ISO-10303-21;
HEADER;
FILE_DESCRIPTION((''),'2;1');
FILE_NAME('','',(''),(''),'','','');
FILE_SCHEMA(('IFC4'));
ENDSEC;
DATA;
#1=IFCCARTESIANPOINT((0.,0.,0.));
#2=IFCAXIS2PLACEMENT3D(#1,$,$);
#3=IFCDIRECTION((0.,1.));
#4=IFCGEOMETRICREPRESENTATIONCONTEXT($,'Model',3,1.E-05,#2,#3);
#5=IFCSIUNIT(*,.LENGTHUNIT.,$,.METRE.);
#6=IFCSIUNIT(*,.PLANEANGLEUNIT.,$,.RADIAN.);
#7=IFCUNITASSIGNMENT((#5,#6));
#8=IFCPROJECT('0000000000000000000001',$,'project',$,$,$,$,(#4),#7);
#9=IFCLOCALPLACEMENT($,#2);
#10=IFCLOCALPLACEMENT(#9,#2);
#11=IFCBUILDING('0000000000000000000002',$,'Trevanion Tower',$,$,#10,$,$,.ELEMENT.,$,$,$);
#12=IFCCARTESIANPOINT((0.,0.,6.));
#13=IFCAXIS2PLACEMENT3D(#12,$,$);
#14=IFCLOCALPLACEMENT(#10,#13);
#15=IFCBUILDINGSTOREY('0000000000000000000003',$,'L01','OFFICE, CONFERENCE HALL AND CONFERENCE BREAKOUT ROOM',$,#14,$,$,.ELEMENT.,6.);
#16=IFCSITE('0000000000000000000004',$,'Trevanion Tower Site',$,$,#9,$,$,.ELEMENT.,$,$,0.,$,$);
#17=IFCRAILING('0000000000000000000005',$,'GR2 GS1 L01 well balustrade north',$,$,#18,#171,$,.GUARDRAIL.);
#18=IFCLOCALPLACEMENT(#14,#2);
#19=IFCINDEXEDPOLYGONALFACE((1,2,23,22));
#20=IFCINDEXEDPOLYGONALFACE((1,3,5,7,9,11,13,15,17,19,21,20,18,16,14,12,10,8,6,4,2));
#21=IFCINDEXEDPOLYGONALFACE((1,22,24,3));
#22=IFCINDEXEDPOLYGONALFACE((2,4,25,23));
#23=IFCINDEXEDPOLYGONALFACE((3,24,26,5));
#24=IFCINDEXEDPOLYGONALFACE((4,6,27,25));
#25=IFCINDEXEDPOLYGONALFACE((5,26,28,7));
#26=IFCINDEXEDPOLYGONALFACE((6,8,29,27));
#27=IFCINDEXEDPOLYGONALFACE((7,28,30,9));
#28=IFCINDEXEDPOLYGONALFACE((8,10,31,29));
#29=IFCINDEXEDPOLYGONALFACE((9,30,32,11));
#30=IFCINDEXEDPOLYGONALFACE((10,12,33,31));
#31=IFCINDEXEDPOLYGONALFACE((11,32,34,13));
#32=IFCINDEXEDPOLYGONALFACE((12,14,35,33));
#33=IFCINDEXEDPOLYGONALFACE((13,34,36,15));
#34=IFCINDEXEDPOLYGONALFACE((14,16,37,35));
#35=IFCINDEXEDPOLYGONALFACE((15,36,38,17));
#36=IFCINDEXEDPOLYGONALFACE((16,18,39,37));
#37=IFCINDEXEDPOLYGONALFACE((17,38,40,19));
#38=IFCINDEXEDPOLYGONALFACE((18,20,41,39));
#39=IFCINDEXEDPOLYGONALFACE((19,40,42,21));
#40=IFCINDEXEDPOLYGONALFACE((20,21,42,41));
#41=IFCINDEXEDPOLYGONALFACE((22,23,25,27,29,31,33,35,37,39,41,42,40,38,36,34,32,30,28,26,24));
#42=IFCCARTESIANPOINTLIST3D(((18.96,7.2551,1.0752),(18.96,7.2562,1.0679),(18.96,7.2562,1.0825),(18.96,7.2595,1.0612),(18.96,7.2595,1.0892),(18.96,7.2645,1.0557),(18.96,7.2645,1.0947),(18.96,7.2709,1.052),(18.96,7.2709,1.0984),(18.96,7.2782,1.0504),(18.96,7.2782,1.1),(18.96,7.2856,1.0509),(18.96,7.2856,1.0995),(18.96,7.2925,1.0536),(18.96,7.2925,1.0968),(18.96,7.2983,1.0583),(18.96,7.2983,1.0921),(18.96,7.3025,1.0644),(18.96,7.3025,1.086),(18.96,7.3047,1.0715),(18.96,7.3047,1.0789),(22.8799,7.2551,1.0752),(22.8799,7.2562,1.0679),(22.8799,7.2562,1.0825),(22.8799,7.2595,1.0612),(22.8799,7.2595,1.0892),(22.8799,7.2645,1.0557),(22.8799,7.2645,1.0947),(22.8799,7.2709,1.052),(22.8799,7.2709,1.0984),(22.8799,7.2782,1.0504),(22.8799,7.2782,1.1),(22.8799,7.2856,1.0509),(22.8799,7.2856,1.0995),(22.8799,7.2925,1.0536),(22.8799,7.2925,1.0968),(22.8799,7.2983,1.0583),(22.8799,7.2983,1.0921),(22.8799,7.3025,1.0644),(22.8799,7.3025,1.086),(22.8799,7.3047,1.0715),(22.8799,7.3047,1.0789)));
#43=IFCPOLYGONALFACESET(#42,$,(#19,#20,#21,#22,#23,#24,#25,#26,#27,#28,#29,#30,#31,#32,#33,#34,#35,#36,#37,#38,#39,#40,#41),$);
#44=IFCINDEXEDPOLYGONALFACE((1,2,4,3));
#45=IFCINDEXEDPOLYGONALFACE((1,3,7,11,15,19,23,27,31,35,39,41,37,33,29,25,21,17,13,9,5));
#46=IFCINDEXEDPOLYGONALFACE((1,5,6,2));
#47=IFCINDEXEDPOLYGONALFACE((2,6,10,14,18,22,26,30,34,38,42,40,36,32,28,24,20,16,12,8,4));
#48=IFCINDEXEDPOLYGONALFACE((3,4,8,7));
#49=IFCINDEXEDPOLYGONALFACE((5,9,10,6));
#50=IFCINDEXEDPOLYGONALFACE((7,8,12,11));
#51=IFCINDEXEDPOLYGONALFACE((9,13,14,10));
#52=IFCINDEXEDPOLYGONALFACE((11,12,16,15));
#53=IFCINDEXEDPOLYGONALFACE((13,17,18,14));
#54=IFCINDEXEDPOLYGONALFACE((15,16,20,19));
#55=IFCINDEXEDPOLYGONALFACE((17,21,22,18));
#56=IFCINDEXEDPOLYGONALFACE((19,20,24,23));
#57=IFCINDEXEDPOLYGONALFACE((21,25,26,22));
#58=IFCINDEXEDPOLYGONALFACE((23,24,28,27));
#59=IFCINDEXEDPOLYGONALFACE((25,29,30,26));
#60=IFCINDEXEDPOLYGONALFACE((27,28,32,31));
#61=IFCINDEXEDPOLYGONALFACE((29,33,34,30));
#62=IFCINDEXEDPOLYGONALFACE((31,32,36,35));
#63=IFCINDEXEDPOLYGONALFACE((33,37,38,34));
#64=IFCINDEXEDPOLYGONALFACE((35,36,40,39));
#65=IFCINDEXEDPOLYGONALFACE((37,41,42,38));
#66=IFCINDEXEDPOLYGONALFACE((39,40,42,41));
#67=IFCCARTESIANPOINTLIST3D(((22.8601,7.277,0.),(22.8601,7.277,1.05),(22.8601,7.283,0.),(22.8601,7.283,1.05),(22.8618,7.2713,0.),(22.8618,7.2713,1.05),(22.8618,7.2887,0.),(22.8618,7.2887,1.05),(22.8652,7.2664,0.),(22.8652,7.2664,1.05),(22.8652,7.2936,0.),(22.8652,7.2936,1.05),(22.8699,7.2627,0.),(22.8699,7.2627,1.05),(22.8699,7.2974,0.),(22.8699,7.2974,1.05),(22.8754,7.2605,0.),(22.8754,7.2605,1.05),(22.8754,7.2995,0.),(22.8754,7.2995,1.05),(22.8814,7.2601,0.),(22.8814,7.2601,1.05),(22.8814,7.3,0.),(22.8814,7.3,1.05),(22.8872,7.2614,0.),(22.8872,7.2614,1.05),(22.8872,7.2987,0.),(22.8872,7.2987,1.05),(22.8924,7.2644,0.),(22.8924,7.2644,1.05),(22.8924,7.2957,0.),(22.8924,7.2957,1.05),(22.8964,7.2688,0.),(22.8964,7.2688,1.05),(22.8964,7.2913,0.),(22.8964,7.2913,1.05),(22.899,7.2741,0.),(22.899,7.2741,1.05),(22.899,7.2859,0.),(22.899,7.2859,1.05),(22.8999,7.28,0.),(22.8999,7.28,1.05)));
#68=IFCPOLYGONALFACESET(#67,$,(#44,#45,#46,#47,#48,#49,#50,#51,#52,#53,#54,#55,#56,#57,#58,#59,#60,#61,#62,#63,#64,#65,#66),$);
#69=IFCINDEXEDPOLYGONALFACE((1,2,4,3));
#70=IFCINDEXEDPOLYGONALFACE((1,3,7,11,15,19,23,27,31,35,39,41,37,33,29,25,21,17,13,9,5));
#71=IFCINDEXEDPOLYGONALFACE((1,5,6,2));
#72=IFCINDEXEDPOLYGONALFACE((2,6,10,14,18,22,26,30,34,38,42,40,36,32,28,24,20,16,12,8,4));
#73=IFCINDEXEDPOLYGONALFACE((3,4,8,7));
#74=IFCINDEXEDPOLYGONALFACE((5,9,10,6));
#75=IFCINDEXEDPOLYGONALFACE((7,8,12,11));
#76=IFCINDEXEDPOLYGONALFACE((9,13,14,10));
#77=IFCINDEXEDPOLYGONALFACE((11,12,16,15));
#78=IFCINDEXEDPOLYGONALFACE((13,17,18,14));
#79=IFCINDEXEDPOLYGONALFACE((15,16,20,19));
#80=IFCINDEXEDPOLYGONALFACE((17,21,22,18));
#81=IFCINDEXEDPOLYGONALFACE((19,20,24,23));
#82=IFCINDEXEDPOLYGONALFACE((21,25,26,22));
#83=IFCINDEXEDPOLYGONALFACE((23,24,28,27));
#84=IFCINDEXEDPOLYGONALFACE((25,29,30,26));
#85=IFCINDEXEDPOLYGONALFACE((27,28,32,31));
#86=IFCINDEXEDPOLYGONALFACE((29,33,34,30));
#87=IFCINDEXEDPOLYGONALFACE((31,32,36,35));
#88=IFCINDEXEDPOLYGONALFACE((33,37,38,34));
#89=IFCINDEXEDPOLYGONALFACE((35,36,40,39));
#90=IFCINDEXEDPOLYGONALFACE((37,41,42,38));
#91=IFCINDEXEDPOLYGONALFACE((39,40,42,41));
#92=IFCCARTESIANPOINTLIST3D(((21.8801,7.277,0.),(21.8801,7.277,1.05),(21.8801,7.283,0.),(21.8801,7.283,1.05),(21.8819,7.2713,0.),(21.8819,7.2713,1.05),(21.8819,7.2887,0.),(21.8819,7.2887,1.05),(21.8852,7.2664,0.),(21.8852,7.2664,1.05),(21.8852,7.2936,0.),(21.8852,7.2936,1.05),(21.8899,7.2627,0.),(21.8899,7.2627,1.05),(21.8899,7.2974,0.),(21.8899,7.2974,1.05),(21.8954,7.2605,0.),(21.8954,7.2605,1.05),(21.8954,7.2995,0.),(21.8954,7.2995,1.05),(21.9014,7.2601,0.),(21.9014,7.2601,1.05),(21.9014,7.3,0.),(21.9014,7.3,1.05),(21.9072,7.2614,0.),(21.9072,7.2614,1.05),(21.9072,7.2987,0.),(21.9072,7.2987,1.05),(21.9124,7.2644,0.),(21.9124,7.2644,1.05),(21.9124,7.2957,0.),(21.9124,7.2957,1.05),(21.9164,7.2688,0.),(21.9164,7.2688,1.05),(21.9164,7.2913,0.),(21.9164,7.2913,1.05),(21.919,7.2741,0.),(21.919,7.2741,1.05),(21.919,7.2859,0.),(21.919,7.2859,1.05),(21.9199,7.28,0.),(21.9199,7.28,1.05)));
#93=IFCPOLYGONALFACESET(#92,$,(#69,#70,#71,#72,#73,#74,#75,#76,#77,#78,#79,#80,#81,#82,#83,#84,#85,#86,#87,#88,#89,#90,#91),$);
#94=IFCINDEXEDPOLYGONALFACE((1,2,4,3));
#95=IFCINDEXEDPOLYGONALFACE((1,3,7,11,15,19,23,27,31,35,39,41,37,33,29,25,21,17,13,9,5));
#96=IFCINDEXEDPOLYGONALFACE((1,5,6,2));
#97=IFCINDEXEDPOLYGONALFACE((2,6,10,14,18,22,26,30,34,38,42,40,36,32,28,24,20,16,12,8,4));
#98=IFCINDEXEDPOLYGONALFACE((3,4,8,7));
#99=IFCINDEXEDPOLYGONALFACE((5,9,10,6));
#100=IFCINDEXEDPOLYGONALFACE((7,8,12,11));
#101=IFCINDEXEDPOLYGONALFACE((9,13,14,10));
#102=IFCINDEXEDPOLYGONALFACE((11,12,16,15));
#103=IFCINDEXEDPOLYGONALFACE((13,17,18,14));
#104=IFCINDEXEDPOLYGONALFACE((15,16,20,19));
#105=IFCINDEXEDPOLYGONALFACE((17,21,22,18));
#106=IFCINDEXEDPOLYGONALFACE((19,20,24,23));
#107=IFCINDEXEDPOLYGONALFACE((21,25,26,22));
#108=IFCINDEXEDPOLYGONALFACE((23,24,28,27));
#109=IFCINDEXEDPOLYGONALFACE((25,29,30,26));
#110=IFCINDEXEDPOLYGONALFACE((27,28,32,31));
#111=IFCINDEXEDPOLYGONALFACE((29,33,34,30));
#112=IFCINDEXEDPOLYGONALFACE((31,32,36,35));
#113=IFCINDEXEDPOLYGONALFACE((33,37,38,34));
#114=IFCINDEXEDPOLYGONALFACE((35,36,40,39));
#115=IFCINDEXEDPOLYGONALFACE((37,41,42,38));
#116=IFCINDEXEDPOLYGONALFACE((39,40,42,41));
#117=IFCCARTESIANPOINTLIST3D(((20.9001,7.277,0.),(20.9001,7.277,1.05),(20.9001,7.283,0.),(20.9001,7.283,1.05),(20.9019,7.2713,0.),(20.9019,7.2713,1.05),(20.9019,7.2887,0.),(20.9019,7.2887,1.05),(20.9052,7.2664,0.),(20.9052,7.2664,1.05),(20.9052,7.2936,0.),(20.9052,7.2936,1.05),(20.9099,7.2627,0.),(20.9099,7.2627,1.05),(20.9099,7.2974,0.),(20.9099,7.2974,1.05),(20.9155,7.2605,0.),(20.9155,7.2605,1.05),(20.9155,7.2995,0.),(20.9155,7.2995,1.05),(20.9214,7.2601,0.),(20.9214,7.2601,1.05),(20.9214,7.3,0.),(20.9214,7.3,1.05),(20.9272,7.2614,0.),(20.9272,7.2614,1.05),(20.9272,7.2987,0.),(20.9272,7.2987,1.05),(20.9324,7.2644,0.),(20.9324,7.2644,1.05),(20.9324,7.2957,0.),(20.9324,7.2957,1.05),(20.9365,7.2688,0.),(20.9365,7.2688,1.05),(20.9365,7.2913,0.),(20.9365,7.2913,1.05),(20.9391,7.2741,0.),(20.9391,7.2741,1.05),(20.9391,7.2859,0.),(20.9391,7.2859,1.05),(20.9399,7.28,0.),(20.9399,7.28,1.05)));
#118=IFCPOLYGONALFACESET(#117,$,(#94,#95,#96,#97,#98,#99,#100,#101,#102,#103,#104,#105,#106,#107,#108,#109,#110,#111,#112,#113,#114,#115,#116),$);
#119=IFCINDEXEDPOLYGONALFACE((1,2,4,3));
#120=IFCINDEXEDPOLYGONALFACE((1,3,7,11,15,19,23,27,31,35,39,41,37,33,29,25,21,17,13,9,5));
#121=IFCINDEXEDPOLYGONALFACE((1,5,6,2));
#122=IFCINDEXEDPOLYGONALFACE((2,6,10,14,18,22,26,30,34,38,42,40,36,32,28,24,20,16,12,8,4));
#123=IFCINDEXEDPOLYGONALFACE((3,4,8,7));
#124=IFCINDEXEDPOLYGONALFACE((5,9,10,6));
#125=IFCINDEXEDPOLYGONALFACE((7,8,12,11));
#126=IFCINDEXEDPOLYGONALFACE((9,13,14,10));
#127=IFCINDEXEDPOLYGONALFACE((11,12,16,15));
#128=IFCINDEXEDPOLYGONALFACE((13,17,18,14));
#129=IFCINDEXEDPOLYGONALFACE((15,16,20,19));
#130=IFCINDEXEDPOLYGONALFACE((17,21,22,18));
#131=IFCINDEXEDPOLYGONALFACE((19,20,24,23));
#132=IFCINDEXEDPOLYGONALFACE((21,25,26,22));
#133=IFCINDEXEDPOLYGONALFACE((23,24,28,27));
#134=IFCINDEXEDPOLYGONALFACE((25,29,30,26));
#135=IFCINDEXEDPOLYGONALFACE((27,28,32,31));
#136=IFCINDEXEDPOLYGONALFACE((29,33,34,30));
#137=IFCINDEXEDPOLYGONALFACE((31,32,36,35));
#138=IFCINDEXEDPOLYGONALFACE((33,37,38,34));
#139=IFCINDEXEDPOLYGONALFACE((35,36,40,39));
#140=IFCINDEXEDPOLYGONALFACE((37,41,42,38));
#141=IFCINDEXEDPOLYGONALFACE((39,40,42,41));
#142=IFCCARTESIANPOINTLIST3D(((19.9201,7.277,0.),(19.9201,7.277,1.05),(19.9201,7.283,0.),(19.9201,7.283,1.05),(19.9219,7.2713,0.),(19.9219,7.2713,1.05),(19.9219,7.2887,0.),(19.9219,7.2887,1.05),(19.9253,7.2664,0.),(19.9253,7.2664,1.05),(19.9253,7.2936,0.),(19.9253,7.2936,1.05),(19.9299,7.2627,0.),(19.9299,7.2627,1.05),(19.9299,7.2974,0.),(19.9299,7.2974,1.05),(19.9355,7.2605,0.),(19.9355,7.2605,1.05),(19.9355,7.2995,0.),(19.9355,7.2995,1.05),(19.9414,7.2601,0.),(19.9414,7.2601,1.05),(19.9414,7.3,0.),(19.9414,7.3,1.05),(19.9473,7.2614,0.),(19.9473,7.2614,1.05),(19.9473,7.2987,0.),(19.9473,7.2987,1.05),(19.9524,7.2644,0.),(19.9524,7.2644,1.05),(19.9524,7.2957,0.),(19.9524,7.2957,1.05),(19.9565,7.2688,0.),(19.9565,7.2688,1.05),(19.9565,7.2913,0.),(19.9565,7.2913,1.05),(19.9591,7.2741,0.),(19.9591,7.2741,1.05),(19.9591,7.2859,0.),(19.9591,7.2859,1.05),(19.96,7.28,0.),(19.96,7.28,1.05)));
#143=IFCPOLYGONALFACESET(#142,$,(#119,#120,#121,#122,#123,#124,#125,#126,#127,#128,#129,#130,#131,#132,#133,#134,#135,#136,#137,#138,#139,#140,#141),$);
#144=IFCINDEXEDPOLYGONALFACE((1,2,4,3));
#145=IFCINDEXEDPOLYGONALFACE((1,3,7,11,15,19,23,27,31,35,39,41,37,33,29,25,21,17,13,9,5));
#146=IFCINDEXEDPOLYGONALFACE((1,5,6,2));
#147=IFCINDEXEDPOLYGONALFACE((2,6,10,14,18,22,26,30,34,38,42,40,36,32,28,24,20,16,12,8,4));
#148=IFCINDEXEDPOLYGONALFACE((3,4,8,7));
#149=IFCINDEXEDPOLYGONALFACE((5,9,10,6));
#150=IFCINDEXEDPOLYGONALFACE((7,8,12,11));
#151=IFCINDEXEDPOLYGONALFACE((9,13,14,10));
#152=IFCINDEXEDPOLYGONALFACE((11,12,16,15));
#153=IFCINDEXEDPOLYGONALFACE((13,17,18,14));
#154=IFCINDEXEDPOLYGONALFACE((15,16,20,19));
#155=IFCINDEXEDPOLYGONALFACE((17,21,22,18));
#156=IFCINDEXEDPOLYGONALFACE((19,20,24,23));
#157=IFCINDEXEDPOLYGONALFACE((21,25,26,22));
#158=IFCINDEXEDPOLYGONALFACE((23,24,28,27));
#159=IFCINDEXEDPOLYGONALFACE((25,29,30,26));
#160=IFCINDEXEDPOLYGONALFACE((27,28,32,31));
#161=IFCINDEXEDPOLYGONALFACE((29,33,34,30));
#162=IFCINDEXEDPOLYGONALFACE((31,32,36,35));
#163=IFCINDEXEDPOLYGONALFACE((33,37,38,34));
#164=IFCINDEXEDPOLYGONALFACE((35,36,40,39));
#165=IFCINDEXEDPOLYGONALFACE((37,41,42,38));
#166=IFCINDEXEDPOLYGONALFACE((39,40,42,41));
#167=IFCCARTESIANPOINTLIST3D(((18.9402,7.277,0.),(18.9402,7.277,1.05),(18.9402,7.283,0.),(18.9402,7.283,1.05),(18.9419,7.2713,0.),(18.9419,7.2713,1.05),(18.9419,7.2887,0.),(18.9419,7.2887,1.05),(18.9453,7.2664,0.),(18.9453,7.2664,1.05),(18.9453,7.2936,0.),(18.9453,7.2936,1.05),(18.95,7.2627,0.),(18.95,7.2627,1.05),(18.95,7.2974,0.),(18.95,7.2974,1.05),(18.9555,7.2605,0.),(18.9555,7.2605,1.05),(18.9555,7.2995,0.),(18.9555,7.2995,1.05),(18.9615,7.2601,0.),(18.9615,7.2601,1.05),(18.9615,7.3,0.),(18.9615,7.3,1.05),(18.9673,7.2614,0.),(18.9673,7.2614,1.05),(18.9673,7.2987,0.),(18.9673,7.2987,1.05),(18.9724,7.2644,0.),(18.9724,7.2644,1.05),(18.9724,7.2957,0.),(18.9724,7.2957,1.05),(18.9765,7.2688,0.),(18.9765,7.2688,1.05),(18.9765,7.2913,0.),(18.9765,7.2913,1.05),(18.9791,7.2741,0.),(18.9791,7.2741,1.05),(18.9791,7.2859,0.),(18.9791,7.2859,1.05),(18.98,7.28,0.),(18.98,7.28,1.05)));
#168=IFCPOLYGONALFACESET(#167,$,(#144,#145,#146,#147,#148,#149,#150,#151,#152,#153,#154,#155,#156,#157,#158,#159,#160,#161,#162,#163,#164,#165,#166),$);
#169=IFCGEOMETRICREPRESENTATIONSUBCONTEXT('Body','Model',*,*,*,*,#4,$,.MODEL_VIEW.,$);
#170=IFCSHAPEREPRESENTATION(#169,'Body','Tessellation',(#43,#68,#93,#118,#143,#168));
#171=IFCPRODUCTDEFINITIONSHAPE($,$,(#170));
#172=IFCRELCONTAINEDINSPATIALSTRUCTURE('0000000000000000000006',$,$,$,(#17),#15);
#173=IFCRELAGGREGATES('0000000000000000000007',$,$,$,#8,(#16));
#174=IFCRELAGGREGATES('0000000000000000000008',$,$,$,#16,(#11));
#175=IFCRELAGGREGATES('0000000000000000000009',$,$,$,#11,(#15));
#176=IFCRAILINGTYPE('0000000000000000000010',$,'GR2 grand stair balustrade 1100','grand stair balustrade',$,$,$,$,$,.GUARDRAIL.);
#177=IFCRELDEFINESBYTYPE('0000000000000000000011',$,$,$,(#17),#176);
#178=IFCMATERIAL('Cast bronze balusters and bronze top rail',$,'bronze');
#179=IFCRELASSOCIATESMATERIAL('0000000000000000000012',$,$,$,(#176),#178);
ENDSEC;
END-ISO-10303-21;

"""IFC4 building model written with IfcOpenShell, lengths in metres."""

from ifc_helpers import new_model, si_unit, direction, frame, origin, origin_2d, place, context, subcontext, project, spatial, circle, extrude, material, type_object, element, save


model = new_model("IFC4")

# Units and contexts
model_context = context("Model", 3, precision=1e-05, world=origin(), true_north=direction((0.0, 1.0)))
body_context = subcontext(model_context, "Body", "Model", "MODEL_VIEW")
ifc_project = project(units=[si_unit("LENGTHUNIT", "METRE"), si_unit("PLANEANGLEUNIT", "RADIAN")], contexts=[model_context])

# Site, building, storey
site_placement = place(None, origin())
site = spatial("IfcSite", under=ifc_project, at=site_placement, Name="Trevanion Tower Site", CompositionType="ELEMENT", RefElevation=0.0)
building_placement = place(site_placement, origin())
building = spatial("IfcBuilding", under=site, at=building_placement, Name="Trevanion Tower", CompositionType="ELEMENT")
storey_placement = place(building_placement, frame((0.0, 0.0, 6.0)))
storey = spatial("IfcBuildingStorey", under=building, at=storey_placement, Name="L01", Description="OFFICE, CONFERENCE HALL AND CONFERENCE BREAKOUT ROOM", CompositionType="ELEMENT", Elevation=6.0)

# Railing
ifc_material_1 = material(Name="Cast bronze balusters and bronze top rail", Category="bronze")
railing_type = type_object("IfcRailingType", Name="GR2 grand stair balustrade 1100", Description="grand stair balustrade", PredefinedType="GUARDRAIL", material=ifc_material_1)
railing_1_placement = place(storey_placement, frame((22.8799, 7.28, 0.0)))
element("IfcRailing", 1, at=railing_1_placement, inside=storey, type_object=railing_type, Name="GR2 GS1 L01 well balustrade north", PredefinedType="GUARDRAIL", context=body_context, shape_type="SweptSolid", body=[
    extrude(circle(Radius=0.0249, at=origin_2d()), frame((0.0, 0.0, 1.0752), z_axis=(-1.0, 0.0, 0.0), x_axis=(0.0, -1.0, 0.0)), (0.0, 0.0, 1.0), 3.9199),
    extrude(circle(Radius=0.02, at=origin_2d()), origin(), (0.0, 0.0, 1.0), 1.05),
    extrude(circle(Radius=0.02, at=origin_2d()), frame((-0.98, 0.0, 0.0)), (0.0, 0.0, 1.0), 1.05),
    extrude(circle(Radius=0.02, at=origin_2d()), frame((-1.96, 0.0, 0.0)), (0.0, 0.0, 1.0), 1.05),
    extrude(circle(Radius=0.02, at=origin_2d()), frame((-2.9399, 0.0, 0.0)), (0.0, 0.0, 1.0), 1.05),
    extrude(circle(Radius=0.02, at=origin_2d()), frame((-3.9199, 0.0, 0.0)), (0.0, 0.0, 1.0), 1.05),
])

save(model, "model.ifc")
